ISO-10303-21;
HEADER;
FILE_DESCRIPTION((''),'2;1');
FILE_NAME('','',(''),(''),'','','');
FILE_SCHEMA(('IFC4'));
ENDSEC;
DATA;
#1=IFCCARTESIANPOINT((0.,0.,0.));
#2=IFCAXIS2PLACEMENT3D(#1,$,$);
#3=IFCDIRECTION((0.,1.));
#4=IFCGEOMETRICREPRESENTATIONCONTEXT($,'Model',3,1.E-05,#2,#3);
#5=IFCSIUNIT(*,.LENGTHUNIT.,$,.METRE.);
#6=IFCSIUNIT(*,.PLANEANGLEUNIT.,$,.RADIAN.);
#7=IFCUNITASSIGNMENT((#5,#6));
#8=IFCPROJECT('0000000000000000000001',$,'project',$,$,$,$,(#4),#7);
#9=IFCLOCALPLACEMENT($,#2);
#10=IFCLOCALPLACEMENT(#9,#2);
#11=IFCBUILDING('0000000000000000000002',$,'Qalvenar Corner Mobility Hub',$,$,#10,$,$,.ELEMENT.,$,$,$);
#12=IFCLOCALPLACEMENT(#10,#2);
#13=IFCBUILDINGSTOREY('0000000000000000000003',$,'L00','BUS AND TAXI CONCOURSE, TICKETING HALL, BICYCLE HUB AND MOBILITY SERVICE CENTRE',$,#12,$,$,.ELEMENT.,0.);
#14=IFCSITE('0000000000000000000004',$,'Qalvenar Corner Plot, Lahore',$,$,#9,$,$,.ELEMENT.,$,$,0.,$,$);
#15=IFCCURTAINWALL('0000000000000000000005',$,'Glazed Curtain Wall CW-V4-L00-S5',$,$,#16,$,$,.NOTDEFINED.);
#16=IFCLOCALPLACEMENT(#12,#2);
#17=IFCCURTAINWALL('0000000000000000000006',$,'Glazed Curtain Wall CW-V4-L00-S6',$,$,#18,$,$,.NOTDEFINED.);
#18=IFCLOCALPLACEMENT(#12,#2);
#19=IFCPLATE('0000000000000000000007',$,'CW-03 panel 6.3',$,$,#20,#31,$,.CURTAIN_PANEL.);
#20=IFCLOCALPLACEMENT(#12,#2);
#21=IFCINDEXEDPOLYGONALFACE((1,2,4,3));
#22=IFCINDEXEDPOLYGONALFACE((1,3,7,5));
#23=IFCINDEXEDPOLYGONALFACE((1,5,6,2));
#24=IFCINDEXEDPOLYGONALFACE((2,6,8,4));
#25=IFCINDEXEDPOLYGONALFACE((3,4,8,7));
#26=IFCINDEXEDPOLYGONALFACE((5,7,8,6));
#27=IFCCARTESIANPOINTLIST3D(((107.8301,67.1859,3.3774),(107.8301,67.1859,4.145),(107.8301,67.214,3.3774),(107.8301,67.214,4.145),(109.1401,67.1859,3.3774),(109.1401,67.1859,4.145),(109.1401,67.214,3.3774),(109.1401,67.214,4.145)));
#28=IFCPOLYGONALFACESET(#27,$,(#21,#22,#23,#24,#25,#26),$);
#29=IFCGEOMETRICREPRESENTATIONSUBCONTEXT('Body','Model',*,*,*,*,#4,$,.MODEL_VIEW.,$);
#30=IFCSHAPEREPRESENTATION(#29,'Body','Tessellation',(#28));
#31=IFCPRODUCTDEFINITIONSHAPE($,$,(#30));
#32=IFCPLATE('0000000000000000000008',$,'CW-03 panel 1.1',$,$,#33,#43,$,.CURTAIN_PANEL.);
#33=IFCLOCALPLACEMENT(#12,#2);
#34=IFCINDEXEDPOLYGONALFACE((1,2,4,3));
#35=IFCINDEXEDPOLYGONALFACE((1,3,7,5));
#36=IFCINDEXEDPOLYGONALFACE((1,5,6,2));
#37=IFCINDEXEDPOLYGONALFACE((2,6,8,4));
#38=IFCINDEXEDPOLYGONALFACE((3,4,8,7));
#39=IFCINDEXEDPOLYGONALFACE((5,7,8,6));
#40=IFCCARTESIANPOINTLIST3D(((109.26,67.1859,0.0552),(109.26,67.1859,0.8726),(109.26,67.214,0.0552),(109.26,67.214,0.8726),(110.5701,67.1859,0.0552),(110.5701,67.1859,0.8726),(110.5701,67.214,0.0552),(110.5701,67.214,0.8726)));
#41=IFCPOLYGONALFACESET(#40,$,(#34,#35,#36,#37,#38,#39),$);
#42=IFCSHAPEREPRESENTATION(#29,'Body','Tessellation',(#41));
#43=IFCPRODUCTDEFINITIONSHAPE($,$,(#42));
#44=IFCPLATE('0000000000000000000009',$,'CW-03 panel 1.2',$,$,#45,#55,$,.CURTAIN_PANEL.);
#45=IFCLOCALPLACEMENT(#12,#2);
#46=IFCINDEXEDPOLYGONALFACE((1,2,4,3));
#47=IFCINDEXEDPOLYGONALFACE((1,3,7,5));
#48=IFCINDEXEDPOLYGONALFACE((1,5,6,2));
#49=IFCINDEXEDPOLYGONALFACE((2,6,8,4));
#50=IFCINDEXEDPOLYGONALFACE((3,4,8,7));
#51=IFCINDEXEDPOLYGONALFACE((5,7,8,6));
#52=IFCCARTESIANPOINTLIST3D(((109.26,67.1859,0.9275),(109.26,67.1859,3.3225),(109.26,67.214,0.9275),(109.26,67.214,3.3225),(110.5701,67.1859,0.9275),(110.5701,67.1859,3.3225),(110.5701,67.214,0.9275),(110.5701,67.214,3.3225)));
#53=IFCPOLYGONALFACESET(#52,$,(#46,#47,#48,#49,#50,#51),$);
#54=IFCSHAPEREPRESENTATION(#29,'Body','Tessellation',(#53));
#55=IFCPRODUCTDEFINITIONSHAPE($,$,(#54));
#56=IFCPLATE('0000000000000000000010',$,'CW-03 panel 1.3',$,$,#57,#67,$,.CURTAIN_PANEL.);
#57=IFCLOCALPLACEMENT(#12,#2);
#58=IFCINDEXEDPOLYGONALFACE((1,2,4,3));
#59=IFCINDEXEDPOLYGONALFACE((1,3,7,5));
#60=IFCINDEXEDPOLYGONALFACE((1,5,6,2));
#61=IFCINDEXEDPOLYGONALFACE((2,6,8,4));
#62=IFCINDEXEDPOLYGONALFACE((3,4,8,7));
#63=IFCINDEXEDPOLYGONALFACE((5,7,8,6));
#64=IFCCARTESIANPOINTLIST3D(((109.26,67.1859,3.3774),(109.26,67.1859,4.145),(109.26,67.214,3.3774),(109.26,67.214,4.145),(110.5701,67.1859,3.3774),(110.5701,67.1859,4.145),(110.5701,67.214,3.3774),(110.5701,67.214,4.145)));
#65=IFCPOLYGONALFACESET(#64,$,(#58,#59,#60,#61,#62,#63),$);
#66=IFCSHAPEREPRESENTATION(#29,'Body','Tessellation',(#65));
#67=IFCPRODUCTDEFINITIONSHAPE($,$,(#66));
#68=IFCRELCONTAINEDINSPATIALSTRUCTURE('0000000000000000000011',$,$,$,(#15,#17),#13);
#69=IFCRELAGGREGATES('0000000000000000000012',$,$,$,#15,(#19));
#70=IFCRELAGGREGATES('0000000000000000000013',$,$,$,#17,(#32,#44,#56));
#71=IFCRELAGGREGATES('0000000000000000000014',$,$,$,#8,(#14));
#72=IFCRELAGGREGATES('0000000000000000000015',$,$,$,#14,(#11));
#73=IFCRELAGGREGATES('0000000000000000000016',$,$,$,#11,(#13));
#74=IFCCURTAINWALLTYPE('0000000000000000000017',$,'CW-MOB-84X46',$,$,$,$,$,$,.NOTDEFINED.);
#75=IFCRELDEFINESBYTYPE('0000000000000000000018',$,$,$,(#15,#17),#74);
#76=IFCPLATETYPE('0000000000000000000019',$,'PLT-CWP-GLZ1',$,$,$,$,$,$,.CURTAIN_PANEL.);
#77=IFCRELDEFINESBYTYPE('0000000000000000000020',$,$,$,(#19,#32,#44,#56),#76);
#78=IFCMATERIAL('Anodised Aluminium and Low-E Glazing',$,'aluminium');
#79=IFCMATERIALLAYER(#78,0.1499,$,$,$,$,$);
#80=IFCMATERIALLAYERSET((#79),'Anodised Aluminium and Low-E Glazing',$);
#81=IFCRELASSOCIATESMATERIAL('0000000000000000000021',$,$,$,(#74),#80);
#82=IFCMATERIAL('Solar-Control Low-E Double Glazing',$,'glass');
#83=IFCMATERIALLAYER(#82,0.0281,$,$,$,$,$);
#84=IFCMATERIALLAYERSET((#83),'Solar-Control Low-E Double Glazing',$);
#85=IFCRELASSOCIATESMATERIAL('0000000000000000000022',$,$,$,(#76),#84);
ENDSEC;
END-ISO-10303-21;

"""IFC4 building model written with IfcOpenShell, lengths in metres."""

from ifc_helpers import new_model, si_unit, direction, frame, origin, origin_2d, place, context, subcontext, project, spatial, rectangle, extrude, material, layer, layer_set, type_object, element, aggregate, save


model = new_model("IFC4")

# Units and contexts
model_context = context("Model", 3, precision=1e-05, world=origin(), true_north=direction((0.0, 1.0)))
body_context = subcontext(model_context, "Body", "Model", "MODEL_VIEW")
ifc_project = project(units=[si_unit("LENGTHUNIT", "METRE"), si_unit("PLANEANGLEUNIT", "RADIAN")], contexts=[model_context])

# Site, building, storey
site_placement = place(None, origin())
site = spatial("IfcSite", under=ifc_project, at=site_placement, Name="Qalvenar Corner Plot, Lahore", CompositionType="ELEMENT", RefElevation=0.0)
building_placement = place(site_placement, origin())
building = spatial("IfcBuilding", under=site, at=building_placement, Name="Qalvenar Corner Mobility Hub", CompositionType="ELEMENT")
storey_placement = place(building_placement, origin())
storey = spatial("IfcBuildingStorey", under=building, at=storey_placement, Name="L00", Description="BUS AND TAXI CONCOURSE, TICKETING HALL, BICYCLE HUB AND MOBILITY SERVICE CENTRE", CompositionType="ELEMENT", Elevation=0.0)

# Curtain walls
ifc_material_1 = material(Name="Anodised Aluminium and Low-E Glazing", Category="aluminium")
ifc_layer_1 = layer(ifc_material_1, 0.1499)
ifc_layer_set_1 = layer_set([ifc_layer_1], Name="Anodised Aluminium and Low-E Glazing")
curtain_wall_type = type_object("IfcCurtainWallType", Name="CW-MOB-84X46", PredefinedType="NOTDEFINED", material=ifc_layer_set_1)
curtain_wall_1_placement = place(storey_placement, origin())
curtain_wall_1 = element("IfcCurtainWall", 1, at=curtain_wall_1_placement, inside=storey, type_object=curtain_wall_type, Name="Glazed Curtain Wall CW-V4-L00-S5", PredefinedType="NOTDEFINED")
curtain_wall_2_placement = place(storey_placement, origin())
curtain_wall_2 = element("IfcCurtainWall", 2, at=curtain_wall_2_placement, inside=storey, type_object=curtain_wall_type, Name="Glazed Curtain Wall CW-V4-L00-S6", PredefinedType="NOTDEFINED")

# Plates
ifc_material_2 = material(Name="Solar-Control Low-E Double Glazing", Category="glass")
ifc_layer_2 = layer(ifc_material_2, 0.0281)
ifc_layer_set_2 = layer_set([ifc_layer_2], Name="Solar-Control Low-E Double Glazing")
plate_type = type_object("IfcPlateType", Name="PLT-CWP-GLZ1", PredefinedType="CURTAIN_PANEL", material=ifc_layer_set_2)
plate_1_placement = place(storey_placement, frame((108.4851, 67.2, 3.3774), z_axis=(0.0, 0.0, 1.0), x_axis=(1.0, 0.0, 0.0)))
plate_1 = element("IfcPlate", 3, at=plate_1_placement, type_object=plate_type, Name="CW-03 panel 6.3", PredefinedType="CURTAIN_PANEL", context=body_context, shape_type="SweptSolid", body=[
    extrude(rectangle(XDim=1.3101, YDim=0.0281, at=origin_2d()), origin(), (0.0, 0.0, 1.0), 0.7676),
])
aggregate(curtain_wall_1, [plate_1])
plate_2_placement = place(storey_placement, frame((109.915, 67.2, 0.0552), z_axis=(0.0, 0.0, 1.0), x_axis=(1.0, 0.0, 0.0)))
plate_2 = element("IfcPlate", 4, at=plate_2_placement, type_object=plate_type, Name="CW-03 panel 1.1", PredefinedType="CURTAIN_PANEL", context=body_context, shape_type="SweptSolid", body=[
    extrude(rectangle(XDim=1.3101, YDim=0.0281, at=origin_2d()), origin(), (0.0, 0.0, 1.0), 0.8174),
])
plate_3_placement = place(storey_placement, frame((109.915, 67.2, 0.9275), z_axis=(0.0, 0.0, 1.0), x_axis=(1.0, 0.0, 0.0)))
plate_3 = element("IfcPlate", 5, at=plate_3_placement, type_object=plate_type, Name="CW-03 panel 1.2", PredefinedType="CURTAIN_PANEL", context=body_context, shape_type="SweptSolid", body=[
    extrude(rectangle(XDim=1.3101, YDim=0.0281, at=origin_2d()), origin(), (0.0, 0.0, 1.0), 2.395),
])
plate_4_placement = place(storey_placement, frame((109.915, 67.2, 3.3774), z_axis=(0.0, 0.0, 1.0), x_axis=(1.0, 0.0, 0.0)))
plate_4 = element("IfcPlate", 6, at=plate_4_placement, type_object=plate_type, Name="CW-03 panel 1.3", PredefinedType="CURTAIN_PANEL", context=body_context, shape_type="SweptSolid", body=[
    extrude(rectangle(XDim=1.3101, YDim=0.0281, at=origin_2d()), origin(), (0.0, 0.0, 1.0), 0.7676),
])
aggregate(curtain_wall_2, [plate_2, plate_3, plate_4])

save(model, "model.ifc")
